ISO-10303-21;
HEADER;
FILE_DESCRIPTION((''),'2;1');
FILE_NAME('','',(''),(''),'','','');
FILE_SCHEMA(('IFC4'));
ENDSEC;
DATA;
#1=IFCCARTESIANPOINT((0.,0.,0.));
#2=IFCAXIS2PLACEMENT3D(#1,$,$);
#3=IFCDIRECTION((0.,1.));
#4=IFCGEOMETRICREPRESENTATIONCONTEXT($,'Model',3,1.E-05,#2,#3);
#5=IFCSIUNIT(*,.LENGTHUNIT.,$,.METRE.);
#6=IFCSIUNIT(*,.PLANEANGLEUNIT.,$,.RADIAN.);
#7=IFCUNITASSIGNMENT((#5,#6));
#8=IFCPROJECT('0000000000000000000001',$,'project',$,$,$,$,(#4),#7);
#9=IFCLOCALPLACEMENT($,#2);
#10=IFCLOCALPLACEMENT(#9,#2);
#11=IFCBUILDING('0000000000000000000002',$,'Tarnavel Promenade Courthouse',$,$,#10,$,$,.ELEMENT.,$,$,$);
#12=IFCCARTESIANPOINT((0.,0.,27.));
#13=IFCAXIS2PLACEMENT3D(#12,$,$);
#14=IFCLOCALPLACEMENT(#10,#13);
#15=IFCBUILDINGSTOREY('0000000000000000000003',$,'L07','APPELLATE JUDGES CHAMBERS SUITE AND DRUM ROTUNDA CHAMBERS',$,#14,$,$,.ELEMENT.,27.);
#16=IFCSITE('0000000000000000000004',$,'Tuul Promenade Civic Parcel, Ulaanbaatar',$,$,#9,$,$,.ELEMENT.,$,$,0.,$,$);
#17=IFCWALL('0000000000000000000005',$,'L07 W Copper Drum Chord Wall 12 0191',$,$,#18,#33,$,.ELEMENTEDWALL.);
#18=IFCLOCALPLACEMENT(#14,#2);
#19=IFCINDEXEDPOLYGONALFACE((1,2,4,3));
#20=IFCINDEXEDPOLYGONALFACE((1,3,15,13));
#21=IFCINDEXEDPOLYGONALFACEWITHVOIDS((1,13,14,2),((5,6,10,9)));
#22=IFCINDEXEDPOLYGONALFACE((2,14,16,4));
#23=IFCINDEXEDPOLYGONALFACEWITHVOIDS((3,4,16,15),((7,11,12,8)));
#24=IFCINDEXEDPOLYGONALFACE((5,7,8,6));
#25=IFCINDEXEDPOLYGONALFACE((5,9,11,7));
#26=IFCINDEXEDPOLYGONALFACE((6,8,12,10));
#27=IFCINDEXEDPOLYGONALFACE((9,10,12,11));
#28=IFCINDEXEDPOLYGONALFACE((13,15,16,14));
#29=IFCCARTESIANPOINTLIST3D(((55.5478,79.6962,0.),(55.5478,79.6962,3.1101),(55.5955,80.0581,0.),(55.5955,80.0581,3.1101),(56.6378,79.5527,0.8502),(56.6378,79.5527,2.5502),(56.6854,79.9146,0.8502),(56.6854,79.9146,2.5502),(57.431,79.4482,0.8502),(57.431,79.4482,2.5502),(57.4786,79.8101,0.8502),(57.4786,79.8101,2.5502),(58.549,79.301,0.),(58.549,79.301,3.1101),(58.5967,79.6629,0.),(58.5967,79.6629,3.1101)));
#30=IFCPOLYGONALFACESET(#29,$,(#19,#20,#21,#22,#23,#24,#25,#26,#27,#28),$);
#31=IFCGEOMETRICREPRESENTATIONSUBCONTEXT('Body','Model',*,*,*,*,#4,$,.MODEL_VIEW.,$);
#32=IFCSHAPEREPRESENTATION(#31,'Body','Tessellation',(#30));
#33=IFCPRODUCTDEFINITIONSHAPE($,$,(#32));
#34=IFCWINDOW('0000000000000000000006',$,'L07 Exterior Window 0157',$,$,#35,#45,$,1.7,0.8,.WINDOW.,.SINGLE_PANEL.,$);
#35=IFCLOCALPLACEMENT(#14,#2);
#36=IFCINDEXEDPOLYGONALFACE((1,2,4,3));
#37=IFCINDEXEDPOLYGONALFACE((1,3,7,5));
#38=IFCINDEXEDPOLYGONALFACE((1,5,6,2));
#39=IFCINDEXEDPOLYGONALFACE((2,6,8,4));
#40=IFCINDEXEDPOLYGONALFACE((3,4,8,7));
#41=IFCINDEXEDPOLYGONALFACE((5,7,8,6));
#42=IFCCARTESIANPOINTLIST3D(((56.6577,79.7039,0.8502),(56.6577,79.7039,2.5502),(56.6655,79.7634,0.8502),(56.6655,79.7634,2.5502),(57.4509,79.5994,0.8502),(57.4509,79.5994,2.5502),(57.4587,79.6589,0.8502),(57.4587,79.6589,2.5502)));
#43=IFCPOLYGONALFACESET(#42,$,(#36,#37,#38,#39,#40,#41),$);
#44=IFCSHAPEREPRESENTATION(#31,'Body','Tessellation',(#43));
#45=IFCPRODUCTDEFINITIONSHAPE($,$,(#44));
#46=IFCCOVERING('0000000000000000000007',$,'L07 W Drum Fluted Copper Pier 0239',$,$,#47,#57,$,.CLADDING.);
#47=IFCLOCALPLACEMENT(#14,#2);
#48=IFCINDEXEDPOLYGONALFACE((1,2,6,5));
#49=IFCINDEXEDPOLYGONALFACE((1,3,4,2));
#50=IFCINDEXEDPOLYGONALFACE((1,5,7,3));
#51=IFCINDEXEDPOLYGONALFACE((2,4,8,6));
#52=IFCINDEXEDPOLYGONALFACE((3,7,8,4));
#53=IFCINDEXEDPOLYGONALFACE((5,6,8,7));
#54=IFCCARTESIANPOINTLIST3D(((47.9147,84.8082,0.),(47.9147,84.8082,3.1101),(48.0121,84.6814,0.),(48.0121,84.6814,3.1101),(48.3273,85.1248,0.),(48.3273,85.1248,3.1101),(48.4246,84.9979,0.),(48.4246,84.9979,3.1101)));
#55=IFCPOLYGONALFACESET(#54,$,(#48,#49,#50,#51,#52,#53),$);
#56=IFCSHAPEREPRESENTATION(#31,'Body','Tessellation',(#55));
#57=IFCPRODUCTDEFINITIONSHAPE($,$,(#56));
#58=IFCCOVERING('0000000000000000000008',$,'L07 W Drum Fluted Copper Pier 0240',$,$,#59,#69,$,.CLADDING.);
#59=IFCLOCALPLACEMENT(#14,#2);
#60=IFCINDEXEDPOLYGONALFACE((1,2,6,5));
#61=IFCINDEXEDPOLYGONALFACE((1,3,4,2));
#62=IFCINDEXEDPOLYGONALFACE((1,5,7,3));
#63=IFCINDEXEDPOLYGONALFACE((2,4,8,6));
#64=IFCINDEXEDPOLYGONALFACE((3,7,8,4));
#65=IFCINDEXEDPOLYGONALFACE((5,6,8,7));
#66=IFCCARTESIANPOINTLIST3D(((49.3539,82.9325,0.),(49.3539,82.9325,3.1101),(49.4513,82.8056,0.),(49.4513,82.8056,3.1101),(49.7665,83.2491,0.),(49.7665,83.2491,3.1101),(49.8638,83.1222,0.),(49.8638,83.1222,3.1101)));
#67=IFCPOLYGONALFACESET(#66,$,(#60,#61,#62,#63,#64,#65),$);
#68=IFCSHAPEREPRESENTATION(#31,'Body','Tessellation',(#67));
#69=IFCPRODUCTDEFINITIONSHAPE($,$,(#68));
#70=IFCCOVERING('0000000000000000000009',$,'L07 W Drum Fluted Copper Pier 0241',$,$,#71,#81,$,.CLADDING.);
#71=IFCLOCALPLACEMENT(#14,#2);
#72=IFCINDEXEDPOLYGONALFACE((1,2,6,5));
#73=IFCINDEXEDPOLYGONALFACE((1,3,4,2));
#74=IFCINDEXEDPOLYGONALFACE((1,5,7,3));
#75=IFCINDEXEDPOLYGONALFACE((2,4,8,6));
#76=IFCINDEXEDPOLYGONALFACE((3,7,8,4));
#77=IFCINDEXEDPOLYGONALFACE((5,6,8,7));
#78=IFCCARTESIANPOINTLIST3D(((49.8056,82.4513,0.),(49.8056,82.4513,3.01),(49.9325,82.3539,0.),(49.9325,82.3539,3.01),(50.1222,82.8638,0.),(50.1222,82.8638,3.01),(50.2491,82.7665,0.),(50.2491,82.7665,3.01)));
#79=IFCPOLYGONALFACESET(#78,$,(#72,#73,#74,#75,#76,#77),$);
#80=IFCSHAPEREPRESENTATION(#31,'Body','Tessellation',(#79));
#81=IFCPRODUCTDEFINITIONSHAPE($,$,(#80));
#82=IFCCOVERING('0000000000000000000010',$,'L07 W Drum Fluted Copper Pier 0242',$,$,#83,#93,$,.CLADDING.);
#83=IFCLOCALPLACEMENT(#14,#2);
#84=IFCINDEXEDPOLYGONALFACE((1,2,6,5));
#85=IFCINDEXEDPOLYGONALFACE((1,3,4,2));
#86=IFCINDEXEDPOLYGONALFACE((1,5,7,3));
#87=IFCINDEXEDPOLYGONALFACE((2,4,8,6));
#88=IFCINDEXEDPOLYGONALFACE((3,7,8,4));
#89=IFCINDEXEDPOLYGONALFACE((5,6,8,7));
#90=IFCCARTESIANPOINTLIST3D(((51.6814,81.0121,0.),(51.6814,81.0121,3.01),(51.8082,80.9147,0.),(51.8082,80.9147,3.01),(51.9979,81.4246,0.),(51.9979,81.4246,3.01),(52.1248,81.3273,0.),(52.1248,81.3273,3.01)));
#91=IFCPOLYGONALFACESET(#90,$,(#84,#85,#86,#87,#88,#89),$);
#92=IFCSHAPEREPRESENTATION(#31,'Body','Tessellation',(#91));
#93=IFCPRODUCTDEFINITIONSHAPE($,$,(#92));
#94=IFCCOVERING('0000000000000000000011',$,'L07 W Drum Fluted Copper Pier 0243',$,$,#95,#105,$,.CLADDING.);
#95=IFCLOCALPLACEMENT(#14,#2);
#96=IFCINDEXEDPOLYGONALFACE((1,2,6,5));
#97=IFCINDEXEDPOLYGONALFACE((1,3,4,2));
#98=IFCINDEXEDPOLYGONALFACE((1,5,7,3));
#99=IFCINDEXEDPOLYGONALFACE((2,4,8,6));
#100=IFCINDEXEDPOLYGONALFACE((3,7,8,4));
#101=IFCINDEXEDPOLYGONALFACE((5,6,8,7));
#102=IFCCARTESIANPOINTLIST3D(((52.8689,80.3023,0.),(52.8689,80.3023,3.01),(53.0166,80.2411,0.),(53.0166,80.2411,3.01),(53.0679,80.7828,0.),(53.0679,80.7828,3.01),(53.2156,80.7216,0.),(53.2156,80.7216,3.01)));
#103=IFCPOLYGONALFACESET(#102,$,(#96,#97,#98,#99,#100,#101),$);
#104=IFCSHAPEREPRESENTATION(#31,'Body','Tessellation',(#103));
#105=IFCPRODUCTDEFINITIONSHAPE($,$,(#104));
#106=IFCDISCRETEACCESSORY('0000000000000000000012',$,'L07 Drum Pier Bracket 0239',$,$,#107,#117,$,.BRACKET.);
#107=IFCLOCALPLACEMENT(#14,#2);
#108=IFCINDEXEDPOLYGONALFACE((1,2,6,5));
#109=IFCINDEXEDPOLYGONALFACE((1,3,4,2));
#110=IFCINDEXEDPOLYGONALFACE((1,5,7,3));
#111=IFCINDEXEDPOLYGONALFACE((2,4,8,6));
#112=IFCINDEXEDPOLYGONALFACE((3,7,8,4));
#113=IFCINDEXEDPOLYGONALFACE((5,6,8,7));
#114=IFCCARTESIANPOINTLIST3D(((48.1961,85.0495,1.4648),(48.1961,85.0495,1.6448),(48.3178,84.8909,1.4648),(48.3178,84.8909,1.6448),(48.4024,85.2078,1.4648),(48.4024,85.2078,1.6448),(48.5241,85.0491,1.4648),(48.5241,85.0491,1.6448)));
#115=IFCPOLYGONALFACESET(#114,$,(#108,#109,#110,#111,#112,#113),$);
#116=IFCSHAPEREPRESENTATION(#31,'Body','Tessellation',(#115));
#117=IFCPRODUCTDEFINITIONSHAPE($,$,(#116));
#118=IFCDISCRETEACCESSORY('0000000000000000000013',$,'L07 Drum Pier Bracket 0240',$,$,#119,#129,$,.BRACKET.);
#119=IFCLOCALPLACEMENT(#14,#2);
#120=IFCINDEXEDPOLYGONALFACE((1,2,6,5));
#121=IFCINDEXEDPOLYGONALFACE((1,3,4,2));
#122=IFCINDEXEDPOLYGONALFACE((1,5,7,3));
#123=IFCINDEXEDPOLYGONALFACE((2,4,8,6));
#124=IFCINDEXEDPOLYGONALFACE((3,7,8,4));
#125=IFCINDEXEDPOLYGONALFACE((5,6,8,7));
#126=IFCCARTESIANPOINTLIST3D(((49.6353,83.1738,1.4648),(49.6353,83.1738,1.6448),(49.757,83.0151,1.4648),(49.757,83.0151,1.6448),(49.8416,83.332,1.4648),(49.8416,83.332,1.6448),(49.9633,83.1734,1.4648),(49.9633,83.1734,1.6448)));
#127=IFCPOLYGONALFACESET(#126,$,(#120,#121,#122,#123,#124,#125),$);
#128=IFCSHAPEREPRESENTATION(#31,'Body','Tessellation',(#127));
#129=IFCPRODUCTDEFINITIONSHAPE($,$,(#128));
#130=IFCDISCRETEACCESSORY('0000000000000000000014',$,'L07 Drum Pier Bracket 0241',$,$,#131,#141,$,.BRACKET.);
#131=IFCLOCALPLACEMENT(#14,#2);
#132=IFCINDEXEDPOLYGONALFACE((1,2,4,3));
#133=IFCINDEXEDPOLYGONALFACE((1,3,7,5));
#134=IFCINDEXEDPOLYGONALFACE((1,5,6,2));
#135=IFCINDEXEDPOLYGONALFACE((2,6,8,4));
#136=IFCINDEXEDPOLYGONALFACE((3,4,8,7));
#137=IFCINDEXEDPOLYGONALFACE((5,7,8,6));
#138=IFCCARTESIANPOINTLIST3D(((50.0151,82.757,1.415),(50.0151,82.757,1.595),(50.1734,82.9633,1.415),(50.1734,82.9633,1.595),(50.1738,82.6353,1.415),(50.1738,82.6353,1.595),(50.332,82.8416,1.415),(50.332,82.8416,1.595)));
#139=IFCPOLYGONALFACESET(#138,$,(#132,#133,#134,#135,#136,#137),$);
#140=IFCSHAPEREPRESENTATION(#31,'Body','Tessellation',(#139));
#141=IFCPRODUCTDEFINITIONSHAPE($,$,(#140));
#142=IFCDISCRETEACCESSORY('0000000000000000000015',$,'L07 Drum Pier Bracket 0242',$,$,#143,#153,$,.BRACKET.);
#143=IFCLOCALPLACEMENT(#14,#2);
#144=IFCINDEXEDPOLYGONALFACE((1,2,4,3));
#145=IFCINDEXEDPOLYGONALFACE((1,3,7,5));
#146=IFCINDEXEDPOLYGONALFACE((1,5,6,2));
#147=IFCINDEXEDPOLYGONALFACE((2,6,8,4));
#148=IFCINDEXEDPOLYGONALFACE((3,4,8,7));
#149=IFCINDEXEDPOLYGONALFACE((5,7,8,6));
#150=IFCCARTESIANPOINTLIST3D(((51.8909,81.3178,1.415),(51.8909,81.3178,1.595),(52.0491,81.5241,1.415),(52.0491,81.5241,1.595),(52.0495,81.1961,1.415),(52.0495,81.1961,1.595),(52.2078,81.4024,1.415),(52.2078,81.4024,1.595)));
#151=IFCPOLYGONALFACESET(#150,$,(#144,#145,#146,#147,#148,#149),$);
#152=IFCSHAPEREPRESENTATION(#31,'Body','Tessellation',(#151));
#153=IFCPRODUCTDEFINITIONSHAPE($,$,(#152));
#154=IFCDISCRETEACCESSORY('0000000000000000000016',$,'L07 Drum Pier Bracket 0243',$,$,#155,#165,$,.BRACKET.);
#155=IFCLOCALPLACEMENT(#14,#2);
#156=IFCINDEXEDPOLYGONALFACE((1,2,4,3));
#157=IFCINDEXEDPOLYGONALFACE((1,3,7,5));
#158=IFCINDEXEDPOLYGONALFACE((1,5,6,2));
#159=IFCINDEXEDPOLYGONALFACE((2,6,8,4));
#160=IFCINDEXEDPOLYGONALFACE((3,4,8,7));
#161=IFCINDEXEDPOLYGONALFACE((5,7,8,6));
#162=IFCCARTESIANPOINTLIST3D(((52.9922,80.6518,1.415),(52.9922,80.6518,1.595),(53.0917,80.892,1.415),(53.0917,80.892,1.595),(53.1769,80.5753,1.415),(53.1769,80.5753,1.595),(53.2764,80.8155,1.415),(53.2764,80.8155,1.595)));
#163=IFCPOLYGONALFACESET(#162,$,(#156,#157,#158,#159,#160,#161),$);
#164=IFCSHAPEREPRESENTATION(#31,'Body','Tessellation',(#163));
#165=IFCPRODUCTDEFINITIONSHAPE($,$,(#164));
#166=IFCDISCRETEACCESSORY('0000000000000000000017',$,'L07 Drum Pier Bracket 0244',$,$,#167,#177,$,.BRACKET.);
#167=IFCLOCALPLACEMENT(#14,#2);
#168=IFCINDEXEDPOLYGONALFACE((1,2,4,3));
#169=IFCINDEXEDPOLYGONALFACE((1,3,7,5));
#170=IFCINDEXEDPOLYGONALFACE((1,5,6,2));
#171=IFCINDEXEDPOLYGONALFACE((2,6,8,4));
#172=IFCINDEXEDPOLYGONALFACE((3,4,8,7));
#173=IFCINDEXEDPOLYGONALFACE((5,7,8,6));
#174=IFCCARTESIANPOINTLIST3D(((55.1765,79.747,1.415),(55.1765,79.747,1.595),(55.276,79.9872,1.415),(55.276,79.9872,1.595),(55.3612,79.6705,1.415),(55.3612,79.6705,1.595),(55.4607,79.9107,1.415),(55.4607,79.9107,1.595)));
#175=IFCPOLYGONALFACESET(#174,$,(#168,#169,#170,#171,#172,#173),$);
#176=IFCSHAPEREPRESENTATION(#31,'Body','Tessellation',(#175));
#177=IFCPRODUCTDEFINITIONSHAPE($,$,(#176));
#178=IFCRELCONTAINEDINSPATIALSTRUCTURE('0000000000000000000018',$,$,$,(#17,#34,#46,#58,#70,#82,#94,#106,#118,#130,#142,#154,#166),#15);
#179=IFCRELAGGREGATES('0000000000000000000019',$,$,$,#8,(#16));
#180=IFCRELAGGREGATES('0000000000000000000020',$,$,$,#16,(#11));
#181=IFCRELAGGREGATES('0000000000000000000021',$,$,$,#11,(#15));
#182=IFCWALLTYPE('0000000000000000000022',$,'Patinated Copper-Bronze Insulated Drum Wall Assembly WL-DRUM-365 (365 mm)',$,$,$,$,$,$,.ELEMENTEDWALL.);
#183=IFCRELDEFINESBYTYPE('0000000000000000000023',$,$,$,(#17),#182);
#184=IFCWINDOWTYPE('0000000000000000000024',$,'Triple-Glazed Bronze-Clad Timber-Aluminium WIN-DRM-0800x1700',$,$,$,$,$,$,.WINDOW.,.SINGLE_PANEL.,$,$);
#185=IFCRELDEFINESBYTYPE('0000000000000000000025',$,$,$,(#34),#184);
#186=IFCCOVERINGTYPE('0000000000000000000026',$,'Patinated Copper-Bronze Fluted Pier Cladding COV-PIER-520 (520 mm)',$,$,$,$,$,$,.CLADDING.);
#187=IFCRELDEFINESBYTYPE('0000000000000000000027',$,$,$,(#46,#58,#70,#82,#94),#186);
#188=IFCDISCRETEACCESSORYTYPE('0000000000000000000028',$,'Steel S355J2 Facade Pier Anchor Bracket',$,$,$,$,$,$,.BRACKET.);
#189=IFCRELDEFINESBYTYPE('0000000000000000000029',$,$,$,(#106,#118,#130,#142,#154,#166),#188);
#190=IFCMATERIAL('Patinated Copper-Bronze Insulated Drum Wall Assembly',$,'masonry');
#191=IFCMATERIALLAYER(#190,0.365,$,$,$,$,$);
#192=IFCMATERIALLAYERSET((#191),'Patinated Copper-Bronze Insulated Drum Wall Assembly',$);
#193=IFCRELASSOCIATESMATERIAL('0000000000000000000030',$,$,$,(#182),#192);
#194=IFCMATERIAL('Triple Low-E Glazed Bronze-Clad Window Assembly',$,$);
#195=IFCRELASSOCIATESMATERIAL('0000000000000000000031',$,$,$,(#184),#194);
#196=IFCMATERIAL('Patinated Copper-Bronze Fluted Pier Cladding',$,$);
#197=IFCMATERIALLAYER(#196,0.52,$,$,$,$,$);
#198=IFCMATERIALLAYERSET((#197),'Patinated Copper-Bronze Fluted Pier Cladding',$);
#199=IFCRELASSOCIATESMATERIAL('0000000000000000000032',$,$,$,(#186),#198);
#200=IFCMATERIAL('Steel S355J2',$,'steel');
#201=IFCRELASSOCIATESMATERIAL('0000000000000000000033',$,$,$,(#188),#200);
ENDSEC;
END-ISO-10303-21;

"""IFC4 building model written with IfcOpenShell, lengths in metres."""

from ifc_helpers import new_model, si_unit, direction, frame, frame_2d, origin, origin_2d, place, context, subcontext, project, spatial, rectangle, extrude, material, layer, layer_set, type_object, element, fill, save


model = new_model("IFC4")

# Units and contexts
model_context = context("Model", 3, precision=1e-05, world=origin(), true_north=direction((0.0, 1.0)))
body_context = subcontext(model_context, "Body", "Model", "MODEL_VIEW")
ifc_project = project(units=[si_unit("LENGTHUNIT", "METRE"), si_unit("PLANEANGLEUNIT", "RADIAN")], contexts=[model_context])

# Site, building, storey
site_placement = place(None, origin())
site = spatial("IfcSite", under=ifc_project, at=site_placement, Name="Tuul Promenade Civic Parcel, Ulaanbaatar", CompositionType="ELEMENT", RefElevation=0.0)
building_placement = place(site_placement, origin())
building = spatial("IfcBuilding", under=site, at=building_placement, Name="Tarnavel Promenade Courthouse", CompositionType="ELEMENT")
storey_placement = place(building_placement, frame((0.0, 0.0, 27.0)))
storey = spatial("IfcBuildingStorey", under=building, at=storey_placement, Name="L07", Description="APPELLATE JUDGES CHAMBERS SUITE AND DRUM ROTUNDA CHAMBERS", CompositionType="ELEMENT", Elevation=27.0)

# Shared definitions
ifc_material_1 = material(Name="Steel S355J2", Category="steel")

# Shared definitions
ifc_material_2 = material(Name="Patinated Copper-Bronze Insulated Drum Wall Assembly", Category="masonry")
ifc_layer_1 = layer(ifc_material_2, 0.365)
ifc_layer_set_1 = layer_set([ifc_layer_1], Name="Patinated Copper-Bronze Insulated Drum Wall Assembly")
wall_type_1 = type_object("IfcWallType", Name="Patinated Copper-Bronze Insulated Drum Wall Assembly WL-DRUM-365 (365 mm)", PredefinedType="ELEMENTEDWALL", material=ifc_layer_set_1)

# Wall, opening, window
ifc_material_3 = material(Name="Triple Low-E Glazed Bronze-Clad Window Assembly")
window_type = type_object("IfcWindowType", Name="Triple-Glazed Bronze-Clad Timber-Aluminium WIN-DRM-0800x1700", PartitioningType="SINGLE_PANEL", PredefinedType="WINDOW", material=ifc_material_3)
wall_1_placement = place(storey_placement, frame((55.5715, 79.8772, 0.0), z_axis=(0.0, 0.0, 1.0), x_axis=(0.991439, -0.130573, 0.0)))
wall_1 = element("IfcWall", 1, at=wall_1_placement, inside=storey, type_object=wall_type_1, Name="L07 W Copper Drum Chord Wall 12 0191", PredefinedType="ELEMENTEDWALL", context=body_context, shape_type="SweptSolid", body=[
    extrude(rectangle(XDim=3.0271, YDim=0.365, at=frame_2d((1.5137, 0.0))), origin(), (0.0, 0.0, 1.0), 3.1101),
])
opening_1_placement = place(wall_1_placement, frame((1.0996, 0.0, 0.8501)))
opening_1 = element("IfcOpeningElement", 2, at=opening_1_placement, cuts=wall_1, PredefinedType="OPENING", context=body_context, shape_type="SweptSolid", body=[
    extrude(rectangle(XDim=0.8, YDim=1.7, at=frame_2d((0.3999, 0.8501))), frame((0.0, 0.1924, 0.0), z_axis=(0.0, -1.0, 0.0), x_axis=(1.0, 0.0, 0.0)), (0.0, 0.0, 1.0), 0.385),
])
window_1_placement = place(opening_1_placement, origin())
window_1 = element("IfcWindow", 3, at=window_1_placement, inside=storey, type_object=window_type, Name="L07 Exterior Window 0157", OverallHeight=1.7, OverallWidth=0.8, PartitioningType="SINGLE_PANEL", PredefinedType="WINDOW", context=body_context, shape_type="SweptSolid", body=[
    extrude(rectangle(XDim=0.8, YDim=1.7, at=frame_2d((0.3999, 0.8501))), frame((0.0, 0.03, 0.0), z_axis=(0.0, -1.0, 0.0), x_axis=(1.0, 0.0, 0.0)), (0.0, 0.0, 1.0), 0.0601),
])
fill(opening_1, window_1)

# Coverings
ifc_material_4 = material(Name="Patinated Copper-Bronze Fluted Pier Cladding")
ifc_layer_2 = layer(ifc_material_4, 0.52)
ifc_layer_set_2 = layer_set([ifc_layer_2], Name="Patinated Copper-Bronze Fluted Pier Cladding")
covering_type = type_object("IfcCoveringType", Name="Patinated Copper-Bronze Fluted Pier Cladding COV-PIER-520 (520 mm)", PredefinedType="CLADDING", material=ifc_layer_set_2)
for number, where, z_axis, x_axis, name in (
    (4, (48.1697, 84.9031, 0.0), (0.0, 0.0, 1.0), (0.608761, -0.793353, 0.0), "L07 W Drum Fluted Copper Pier 0239"),
    (5, (49.6089, 83.0273, 0.0), (0.0, 0.0, 1.0), (0.608761, -0.793353, 0.0), "L07 W Drum Fluted Copper Pier 0240"),
):
    element("IfcCovering", number, at=place(storey_placement, frame(where, z_axis=z_axis, x_axis=x_axis)), inside=storey, type_object=covering_type, Name=name, PredefinedType="CLADDING", context=body_context, shape_type="SweptSolid", body=[
        extrude(rectangle(XDim=0.1599, YDim=0.52, at=origin_2d()), origin(), (0.0, 0.0, 1.0), 3.1101),
    ])
for number, where, z_axis, x_axis, name in (
    (6, (50.0273, 82.6089, 0.0), (0.0, 0.0, 1.0), (0.793353, -0.608761, 0.0), "L07 W Drum Fluted Copper Pier 0241"),
    (7, (51.9031, 81.1697, 0.0), (0.0, 0.0, 1.0), (0.793353, -0.608761, 0.0), "L07 W Drum Fluted Copper Pier 0242"),
    (8, (53.0422, 80.512, 0.0), (0.0, 0.0, 1.0), (0.92388, -0.382683, 0.0), "L07 W Drum Fluted Copper Pier 0243"),
):
    element("IfcCovering", number, at=place(storey_placement, frame(where, z_axis=z_axis, x_axis=x_axis)), inside=storey, type_object=covering_type, Name=name, PredefinedType="CLADDING", context=body_context, shape_type="SweptSolid", body=[
        extrude(rectangle(XDim=0.1599, YDim=0.52, at=origin_2d()), origin(), (0.0, 0.0, 1.0), 3.01),
    ])

# Discrete accessories
discrete_accessory_type = type_object("IfcDiscreteAccessoryType", Name="Steel S355J2 Facade Pier Anchor Bracket", PredefinedType="BRACKET", material=ifc_material_1)
for number, where, z_axis, x_axis, name in (
    (9, (48.3601, 85.0493, 1.4648), (0.0, 0.0, 1.0), (0.608761, -0.793353, 0.0), "L07 Drum Pier Bracket 0239"),
    (10, (49.7993, 83.1736, 1.4648), (0.0, 0.0, 1.0), (0.608761, -0.793353, 0.0), "L07 Drum Pier Bracket 0240"),
    (11, (50.1736, 82.7993, 1.415), (0.0, 0.0, 1.0), (0.793353, -0.608761, 0.0), "L07 Drum Pier Bracket 0241"),
    (12, (52.0493, 81.3601, 1.415), (0.0, 0.0, 1.0), (0.793353, -0.608761, 0.0), "L07 Drum Pier Bracket 0242"),
    (13, (53.1343, 80.7336, 1.415), (0.0, 0.0, 1.0), (0.92388, -0.382683, 0.0), "L07 Drum Pier Bracket 0243"),
    (14, (55.3186, 79.8289, 1.415), (0.0, 0.0, 1.0), (0.92388, -0.382683, 0.0), "L07 Drum Pier Bracket 0244"),
):
    element("IfcDiscreteAccessory", number, at=place(storey_placement, frame(where, z_axis=z_axis, x_axis=x_axis)), inside=storey, type_object=discrete_accessory_type, Name=name, PredefinedType="BRACKET", context=body_context, shape_type="SweptSolid", body=[
        extrude(rectangle(XDim=0.2, YDim=0.26, at=origin_2d()), origin(), (0.0, 0.0, 1.0), 0.1799),
    ])

save(model, "model.ifc")
